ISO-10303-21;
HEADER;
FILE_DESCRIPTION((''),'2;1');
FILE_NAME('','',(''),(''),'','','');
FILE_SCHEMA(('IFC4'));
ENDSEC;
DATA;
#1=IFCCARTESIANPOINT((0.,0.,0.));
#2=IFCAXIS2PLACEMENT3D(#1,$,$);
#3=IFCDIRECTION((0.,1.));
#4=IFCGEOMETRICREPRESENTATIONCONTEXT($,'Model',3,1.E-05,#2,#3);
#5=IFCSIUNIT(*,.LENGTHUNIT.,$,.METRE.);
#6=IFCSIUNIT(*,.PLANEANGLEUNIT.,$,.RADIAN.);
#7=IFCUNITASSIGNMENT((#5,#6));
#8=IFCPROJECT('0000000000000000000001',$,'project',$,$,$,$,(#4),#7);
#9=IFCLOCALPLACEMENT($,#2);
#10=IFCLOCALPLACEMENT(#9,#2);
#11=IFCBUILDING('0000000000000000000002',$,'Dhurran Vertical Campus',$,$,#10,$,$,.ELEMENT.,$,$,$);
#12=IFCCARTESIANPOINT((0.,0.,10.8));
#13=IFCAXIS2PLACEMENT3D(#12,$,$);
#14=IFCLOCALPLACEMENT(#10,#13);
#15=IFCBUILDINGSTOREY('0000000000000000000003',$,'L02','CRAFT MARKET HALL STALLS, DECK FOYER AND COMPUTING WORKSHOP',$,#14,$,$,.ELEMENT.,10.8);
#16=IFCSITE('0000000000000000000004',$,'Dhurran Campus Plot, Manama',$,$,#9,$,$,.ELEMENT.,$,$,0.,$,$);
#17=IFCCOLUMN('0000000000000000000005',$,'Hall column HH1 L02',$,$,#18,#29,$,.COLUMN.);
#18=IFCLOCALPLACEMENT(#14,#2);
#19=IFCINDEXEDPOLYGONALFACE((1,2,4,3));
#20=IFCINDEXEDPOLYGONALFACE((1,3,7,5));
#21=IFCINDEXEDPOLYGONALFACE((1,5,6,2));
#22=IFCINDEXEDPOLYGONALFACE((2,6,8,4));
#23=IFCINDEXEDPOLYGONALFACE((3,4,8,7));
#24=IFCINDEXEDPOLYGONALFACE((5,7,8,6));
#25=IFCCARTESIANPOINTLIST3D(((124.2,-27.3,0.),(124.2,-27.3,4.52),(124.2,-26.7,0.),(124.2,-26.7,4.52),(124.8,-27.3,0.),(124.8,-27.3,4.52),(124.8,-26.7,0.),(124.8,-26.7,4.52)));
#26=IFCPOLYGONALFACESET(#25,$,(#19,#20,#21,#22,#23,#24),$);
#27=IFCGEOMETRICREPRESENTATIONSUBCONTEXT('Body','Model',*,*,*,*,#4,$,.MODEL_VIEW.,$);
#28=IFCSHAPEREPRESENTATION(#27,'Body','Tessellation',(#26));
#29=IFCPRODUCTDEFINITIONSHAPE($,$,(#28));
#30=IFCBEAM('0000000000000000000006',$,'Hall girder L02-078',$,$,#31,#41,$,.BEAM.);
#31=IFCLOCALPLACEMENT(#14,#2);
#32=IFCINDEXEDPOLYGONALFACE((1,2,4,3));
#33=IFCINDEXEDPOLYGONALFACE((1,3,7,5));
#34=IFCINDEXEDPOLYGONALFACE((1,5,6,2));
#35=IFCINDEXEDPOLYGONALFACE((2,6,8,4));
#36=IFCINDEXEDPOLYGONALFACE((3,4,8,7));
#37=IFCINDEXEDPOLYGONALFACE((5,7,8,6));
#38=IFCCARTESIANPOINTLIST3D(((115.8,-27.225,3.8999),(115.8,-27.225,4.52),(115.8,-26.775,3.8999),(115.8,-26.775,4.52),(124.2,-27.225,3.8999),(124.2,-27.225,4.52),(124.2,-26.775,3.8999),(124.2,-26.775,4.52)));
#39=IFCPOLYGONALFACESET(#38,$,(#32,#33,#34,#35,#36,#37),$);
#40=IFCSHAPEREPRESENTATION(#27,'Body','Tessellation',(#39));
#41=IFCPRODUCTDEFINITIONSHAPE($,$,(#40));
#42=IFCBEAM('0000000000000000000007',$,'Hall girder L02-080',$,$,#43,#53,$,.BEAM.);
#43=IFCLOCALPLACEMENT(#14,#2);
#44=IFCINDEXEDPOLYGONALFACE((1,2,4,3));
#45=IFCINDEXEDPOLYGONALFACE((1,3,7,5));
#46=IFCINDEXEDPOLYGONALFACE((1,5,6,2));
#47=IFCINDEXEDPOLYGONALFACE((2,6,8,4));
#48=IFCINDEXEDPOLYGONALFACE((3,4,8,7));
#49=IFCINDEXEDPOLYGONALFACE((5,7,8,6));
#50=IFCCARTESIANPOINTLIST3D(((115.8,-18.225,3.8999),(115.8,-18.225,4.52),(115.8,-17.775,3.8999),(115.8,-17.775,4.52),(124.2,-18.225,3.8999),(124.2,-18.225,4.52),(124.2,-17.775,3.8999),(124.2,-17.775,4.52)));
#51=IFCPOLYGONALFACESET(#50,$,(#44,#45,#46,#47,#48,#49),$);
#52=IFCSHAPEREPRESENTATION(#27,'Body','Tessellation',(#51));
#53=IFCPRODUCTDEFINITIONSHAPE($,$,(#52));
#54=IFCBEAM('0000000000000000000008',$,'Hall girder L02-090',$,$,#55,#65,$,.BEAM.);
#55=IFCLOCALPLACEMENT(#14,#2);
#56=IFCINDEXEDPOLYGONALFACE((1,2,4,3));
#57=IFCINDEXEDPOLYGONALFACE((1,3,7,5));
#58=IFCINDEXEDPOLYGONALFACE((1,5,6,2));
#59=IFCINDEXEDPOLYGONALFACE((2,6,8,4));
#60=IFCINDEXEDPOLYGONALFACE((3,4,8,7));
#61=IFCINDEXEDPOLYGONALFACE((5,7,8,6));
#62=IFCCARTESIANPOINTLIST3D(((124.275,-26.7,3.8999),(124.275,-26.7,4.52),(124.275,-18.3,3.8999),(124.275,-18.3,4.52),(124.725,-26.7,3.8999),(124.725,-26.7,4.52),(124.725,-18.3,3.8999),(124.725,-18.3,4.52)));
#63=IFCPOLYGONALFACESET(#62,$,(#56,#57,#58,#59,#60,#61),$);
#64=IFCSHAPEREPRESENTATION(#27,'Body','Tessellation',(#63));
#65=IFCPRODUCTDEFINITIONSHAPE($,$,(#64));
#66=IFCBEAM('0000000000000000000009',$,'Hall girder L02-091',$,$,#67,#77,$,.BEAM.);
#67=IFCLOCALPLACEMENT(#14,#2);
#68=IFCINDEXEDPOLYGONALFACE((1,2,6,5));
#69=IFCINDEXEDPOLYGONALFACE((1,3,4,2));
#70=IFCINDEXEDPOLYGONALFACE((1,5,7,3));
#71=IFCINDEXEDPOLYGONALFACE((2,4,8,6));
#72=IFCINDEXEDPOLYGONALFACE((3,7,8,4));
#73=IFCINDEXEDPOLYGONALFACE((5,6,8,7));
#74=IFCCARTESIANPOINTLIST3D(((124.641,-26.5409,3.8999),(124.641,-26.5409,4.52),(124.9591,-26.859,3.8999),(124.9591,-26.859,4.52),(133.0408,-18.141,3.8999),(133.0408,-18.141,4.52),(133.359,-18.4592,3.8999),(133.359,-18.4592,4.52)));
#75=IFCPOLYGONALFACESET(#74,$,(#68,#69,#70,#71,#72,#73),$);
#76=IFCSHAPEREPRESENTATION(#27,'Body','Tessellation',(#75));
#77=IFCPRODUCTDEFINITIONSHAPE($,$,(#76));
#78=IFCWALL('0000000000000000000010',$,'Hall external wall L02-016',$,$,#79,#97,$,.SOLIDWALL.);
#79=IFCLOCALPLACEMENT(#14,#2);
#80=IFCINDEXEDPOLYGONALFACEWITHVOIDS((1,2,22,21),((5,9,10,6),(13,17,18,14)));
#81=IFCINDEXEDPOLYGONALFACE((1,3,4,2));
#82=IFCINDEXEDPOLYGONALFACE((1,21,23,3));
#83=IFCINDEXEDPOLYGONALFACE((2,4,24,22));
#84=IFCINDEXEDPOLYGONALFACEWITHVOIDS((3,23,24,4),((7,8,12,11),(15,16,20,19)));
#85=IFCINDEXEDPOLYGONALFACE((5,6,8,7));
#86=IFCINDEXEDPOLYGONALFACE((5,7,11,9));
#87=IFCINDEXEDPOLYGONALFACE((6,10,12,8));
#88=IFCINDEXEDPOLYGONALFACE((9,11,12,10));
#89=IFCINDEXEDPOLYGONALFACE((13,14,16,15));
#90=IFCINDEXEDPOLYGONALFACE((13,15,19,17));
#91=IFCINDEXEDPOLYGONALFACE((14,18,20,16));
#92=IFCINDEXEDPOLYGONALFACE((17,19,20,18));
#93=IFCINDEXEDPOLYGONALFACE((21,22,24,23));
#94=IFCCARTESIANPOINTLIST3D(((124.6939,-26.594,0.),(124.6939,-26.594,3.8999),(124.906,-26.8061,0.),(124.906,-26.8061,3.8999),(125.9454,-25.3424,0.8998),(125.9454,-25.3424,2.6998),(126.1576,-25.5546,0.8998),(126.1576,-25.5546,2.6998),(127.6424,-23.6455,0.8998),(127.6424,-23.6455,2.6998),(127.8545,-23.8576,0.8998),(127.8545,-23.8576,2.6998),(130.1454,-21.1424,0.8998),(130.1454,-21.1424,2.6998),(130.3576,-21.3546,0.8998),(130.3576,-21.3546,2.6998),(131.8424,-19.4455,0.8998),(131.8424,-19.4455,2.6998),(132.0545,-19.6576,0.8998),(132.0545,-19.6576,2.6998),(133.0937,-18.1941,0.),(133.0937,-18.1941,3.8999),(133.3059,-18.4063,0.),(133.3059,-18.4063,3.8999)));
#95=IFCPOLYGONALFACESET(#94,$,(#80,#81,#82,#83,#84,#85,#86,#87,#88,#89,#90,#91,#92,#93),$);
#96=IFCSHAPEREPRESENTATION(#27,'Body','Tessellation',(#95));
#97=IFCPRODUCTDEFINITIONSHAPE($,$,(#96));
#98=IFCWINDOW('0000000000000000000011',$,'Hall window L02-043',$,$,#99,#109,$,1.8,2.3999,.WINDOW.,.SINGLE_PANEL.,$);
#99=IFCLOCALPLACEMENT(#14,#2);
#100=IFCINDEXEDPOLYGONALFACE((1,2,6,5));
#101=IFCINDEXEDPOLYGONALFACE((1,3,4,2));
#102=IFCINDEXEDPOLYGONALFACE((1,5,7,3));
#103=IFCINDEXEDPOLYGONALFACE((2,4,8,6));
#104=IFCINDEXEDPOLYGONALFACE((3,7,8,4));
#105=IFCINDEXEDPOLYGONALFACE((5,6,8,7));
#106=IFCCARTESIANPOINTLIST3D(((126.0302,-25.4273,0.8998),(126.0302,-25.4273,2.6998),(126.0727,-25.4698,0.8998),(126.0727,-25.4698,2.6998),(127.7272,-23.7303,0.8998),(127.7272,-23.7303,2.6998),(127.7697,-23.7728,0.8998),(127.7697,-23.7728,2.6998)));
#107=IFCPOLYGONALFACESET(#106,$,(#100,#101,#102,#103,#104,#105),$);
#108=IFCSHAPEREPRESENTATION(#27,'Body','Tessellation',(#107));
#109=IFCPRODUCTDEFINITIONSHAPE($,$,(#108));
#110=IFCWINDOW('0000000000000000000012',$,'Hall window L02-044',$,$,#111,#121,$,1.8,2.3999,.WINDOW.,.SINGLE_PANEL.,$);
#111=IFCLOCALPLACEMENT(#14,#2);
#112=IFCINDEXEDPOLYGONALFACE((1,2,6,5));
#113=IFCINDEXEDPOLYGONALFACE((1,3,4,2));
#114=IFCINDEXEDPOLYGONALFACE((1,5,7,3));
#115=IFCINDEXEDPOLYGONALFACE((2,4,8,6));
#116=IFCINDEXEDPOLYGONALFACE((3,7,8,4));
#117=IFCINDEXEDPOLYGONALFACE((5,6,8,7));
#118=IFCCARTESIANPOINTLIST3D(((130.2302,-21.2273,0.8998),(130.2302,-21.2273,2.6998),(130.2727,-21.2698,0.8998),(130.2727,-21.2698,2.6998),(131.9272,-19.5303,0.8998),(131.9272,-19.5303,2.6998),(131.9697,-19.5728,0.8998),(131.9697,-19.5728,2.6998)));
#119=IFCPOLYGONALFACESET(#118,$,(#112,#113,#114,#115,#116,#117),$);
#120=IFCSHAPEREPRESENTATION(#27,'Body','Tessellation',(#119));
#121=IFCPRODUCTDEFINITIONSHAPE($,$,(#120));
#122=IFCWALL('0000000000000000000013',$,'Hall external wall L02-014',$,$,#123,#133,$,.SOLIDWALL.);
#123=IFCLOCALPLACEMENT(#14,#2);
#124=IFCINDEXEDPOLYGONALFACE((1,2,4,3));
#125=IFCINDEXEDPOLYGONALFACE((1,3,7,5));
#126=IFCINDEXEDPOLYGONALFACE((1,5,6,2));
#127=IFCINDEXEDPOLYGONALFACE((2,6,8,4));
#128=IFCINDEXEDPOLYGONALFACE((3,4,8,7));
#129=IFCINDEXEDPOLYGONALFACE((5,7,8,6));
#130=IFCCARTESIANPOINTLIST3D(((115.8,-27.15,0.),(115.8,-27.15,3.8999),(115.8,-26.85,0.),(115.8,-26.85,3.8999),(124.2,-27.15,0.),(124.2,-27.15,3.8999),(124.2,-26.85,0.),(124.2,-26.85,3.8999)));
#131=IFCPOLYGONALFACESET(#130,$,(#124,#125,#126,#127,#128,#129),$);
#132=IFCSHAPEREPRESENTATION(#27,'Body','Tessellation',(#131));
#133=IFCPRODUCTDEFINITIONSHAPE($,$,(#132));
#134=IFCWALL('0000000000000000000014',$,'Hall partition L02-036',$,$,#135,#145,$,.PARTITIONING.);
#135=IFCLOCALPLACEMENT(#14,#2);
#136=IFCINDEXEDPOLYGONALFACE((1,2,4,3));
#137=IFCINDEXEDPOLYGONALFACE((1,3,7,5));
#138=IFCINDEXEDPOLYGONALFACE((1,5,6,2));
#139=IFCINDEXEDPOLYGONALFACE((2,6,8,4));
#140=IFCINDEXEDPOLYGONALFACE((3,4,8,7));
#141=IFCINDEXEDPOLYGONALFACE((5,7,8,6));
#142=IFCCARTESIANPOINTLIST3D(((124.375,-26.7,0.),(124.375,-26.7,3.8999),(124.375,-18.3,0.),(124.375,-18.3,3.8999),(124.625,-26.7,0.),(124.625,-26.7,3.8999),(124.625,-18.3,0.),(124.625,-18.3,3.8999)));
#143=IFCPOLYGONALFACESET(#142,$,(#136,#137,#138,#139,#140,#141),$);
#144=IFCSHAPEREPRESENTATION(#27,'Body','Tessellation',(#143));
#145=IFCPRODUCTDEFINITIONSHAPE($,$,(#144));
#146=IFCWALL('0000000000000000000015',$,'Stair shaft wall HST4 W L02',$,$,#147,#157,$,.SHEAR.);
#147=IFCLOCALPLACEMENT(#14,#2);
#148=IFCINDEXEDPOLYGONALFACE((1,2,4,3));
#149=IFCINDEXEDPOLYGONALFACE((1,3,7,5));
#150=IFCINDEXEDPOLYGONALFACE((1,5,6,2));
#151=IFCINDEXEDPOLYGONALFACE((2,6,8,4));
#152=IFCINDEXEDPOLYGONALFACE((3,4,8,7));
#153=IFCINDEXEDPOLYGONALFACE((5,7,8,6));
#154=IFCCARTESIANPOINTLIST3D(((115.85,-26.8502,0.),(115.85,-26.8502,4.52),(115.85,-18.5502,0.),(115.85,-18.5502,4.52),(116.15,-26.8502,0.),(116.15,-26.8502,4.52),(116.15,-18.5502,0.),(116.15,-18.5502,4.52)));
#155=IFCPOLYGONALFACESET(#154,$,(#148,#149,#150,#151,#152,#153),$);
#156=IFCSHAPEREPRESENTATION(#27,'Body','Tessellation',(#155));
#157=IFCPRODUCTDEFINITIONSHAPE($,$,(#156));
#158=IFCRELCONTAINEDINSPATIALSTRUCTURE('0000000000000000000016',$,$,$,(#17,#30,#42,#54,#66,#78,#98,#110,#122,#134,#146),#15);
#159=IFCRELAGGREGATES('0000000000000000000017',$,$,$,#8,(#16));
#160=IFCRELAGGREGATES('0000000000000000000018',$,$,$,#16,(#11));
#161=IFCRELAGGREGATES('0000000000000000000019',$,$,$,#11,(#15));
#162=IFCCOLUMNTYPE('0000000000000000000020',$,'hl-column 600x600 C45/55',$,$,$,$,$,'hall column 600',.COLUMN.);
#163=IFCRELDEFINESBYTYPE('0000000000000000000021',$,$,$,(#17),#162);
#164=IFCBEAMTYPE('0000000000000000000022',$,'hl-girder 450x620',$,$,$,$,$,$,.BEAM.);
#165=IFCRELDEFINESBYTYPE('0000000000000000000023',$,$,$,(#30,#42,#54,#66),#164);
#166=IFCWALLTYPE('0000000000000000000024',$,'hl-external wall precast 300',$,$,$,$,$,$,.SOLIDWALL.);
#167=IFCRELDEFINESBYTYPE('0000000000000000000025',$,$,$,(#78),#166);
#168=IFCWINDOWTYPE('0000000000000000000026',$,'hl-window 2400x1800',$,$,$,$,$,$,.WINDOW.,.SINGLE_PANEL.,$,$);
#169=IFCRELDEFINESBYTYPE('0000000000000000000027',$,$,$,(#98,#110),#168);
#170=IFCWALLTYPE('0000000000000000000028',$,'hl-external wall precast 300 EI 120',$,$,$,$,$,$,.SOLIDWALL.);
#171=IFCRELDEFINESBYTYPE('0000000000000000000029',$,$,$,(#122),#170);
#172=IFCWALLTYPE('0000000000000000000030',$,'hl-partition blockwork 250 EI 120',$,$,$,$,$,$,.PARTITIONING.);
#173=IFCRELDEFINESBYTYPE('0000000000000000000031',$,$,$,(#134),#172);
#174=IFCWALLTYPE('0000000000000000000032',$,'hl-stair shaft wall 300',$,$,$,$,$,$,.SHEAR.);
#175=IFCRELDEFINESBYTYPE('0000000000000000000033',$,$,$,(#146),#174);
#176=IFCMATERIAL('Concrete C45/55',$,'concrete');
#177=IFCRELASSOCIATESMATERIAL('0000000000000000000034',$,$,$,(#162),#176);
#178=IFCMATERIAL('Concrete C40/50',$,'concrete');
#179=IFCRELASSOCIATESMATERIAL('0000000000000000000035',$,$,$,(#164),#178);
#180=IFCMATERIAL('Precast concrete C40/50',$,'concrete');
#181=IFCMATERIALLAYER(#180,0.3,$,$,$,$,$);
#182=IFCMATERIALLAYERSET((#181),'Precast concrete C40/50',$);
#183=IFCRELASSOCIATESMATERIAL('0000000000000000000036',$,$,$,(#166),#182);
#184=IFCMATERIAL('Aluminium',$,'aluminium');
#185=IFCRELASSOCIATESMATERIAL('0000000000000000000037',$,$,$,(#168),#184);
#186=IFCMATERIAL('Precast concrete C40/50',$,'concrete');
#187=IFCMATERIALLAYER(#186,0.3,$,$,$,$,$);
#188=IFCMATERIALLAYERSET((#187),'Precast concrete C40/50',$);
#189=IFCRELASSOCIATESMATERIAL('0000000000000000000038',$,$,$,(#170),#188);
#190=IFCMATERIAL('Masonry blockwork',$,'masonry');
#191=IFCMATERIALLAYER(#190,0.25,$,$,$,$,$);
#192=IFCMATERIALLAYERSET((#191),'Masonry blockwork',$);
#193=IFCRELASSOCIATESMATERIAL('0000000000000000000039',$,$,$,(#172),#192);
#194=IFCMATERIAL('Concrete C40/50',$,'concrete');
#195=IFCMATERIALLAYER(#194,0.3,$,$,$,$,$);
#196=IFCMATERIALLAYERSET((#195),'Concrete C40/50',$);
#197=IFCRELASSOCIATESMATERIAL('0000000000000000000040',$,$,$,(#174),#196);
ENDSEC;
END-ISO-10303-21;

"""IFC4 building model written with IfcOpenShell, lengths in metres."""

from ifc_helpers import new_model, si_unit, direction, frame, frame_2d, origin, origin_2d, place, context, subcontext, project, spatial, rectangle, extrude, material, layer, layer_set, material_profile, profile_set, type_object, element, fill, save


model = new_model("IFC4")

# Units and contexts
model_context = context("Model", 3, precision=1e-05, world=origin(), true_north=direction((0.0, 1.0)))
body_context = subcontext(model_context, "Body", "Model", "MODEL_VIEW")
ifc_project = project(units=[si_unit("LENGTHUNIT", "METRE"), si_unit("PLANEANGLEUNIT", "RADIAN")], contexts=[model_context])

# Site, building, storey
site_placement = place(None, origin())
site = spatial("IfcSite", under=ifc_project, at=site_placement, Name="Dhurran Campus Plot, Manama", CompositionType="ELEMENT", RefElevation=0.0)
building_placement = place(site_placement, origin())
building = spatial("IfcBuilding", under=site, at=building_placement, Name="Dhurran Vertical Campus", CompositionType="ELEMENT")
storey_placement = place(building_placement, frame((0.0, 0.0, 10.8)))
storey = spatial("IfcBuildingStorey", under=building, at=storey_placement, Name="L02", Description="CRAFT MARKET HALL STALLS, DECK FOYER AND COMPUTING WORKSHOP", CompositionType="ELEMENT", Elevation=10.8)

# Column
ifc_material_1 = material(Name="Concrete C45/55", Category="concrete")
ifc_material_profile_1 = material_profile(ifc_material_1, rectangle(XDim=0.6001, YDim=0.6001, at=origin_2d()), Name="hl-column 600x600 C45/55")
ifc_profile_set_1 = profile_set([ifc_material_profile_1], Name="Concrete C45/55")
column_type = type_object("IfcColumnType", Name="hl-column 600x600 C45/55", ElementType="hall column 600", PredefinedType="COLUMN", material=ifc_profile_set_1)
column_placement = place(storey_placement, frame((124.5, -27.0, 0.0), z_axis=(0.0, 0.0, 1.0), x_axis=(1.0, 0.0, 0.0)))
element("IfcColumn", 1, at=column_placement, inside=storey, type_object=column_type, Name="Hall column HH1 L02", PredefinedType="COLUMN", context=body_context, shape_type="SweptSolid", body=[
    extrude(rectangle(XDim=0.6001, YDim=0.6001, at=origin_2d()), origin(), (0.0, 0.0, 1.0), 4.52),
])

# Beams
ifc_material_2 = material(Name="Concrete C40/50", Category="concrete")
ifc_material_profile_2 = material_profile(ifc_material_2, rectangle(XDim=0.45, YDim=0.6201, at=origin_2d()), Name="hl-girder 450x620")
ifc_profile_set_2 = profile_set([ifc_material_profile_2], Name="Concrete C40/50")
beam_type = type_object("IfcBeamType", Name="hl-girder 450x620", PredefinedType="BEAM", material=ifc_profile_set_2)
for number, where, z_axis, x_axis, name in (
    (2, (115.8, -27.0, 4.21), (1.0, 0.0, 0.0), (0.0, 1.0, 0.0), "Hall girder L02-078"),
    (3, (115.8, -18.0, 4.21), (1.0, 0.0, 0.0), (0.0, 1.0, 0.0), "Hall girder L02-080"),
    (4, (124.5, -26.7, 4.21), (0.0, 1.0, 0.0), (-1.0, 0.0, 0.0), "Hall girder L02-090"),
):
    element("IfcBeam", number, at=place(storey_placement, frame(where, z_axis=z_axis, x_axis=x_axis)), inside=storey, type_object=beam_type, Name=name, PredefinedType="BEAM", context=body_context, shape_type="SweptSolid", body=[
        extrude(rectangle(XDim=0.45, YDim=0.6201, at=origin_2d()), origin(), (0.0, 0.0, 1.0), 8.3999),
    ])
beam_placement = place(storey_placement, frame((124.8, -26.7, 4.21), z_axis=(0.707107, 0.707107, 0.0), x_axis=(-0.707107, 0.707107, 0.0)))
element("IfcBeam", 5, at=beam_placement, inside=storey, type_object=beam_type, Name="Hall girder L02-091", PredefinedType="BEAM", context=body_context, shape_type="SweptSolid", body=[
    extrude(rectangle(XDim=0.45, YDim=0.6201, at=origin_2d()), origin(), (0.0, 0.0, 1.0), 11.8792),
])

# Wall, openings, windows
ifc_material_3 = material(Name="Precast concrete C40/50", Category="concrete")
ifc_layer_1 = layer(ifc_material_3, 0.3)
ifc_layer_set_1 = layer_set([ifc_layer_1], Name="Precast concrete C40/50")
wall_type_1 = type_object("IfcWallType", Name="hl-external wall precast 300", PredefinedType="SOLIDWALL", material=ifc_layer_set_1)
wall_1_placement = place(storey_placement, frame((124.8, -26.7, 0.0), z_axis=(0.0, 0.0, 1.0), x_axis=(0.707107, 0.707107, 0.0)))
wall_1 = element("IfcWall", 6, at=wall_1_placement, inside=storey, type_object=wall_type_1, Name="Hall external wall L02-016", PredefinedType="SOLIDWALL", context=body_context, shape_type="SweptSolid", body=[
    extrude(rectangle(XDim=11.8792, YDim=0.3, at=frame_2d((5.9395, 0.0))), origin(), (0.0, 0.0, 1.0), 3.8999),
])
opening_1_placement = place(wall_1_placement, frame((1.7698, 0.0, 0.8999)))
opening_1 = element("IfcOpeningElement", 7, at=opening_1_placement, cuts=wall_1, PredefinedType="OPENING", context=body_context, shape_type="SweptSolid", body=[
    extrude(rectangle(XDim=2.3999, YDim=1.8, at=frame_2d((1.2, 0.8999))), frame((0.0, 0.1599, 0.0), z_axis=(0.0, -1.0, 0.0), x_axis=(1.0, 0.0, 0.0)), (0.0, 0.0, 1.0), 0.3201),
])
opening_2_placement = place(wall_1_placement, frame((7.7095, 0.0, 0.8999)))
opening_2 = element("IfcOpeningElement", 8, at=opening_2_placement, cuts=wall_1, PredefinedType="OPENING", context=body_context, shape_type="SweptSolid", body=[
    extrude(rectangle(XDim=2.3999, YDim=1.8, at=frame_2d((1.2, 0.8999))), frame((0.0, 0.1599, 0.0), z_axis=(0.0, -1.0, 0.0), x_axis=(1.0, 0.0, 0.0)), (0.0, 0.0, 1.0), 0.3201),
])
ifc_material_4 = material(Name="Aluminium", Category="aluminium")
window_type = type_object("IfcWindowType", Name="hl-window 2400x1800", PartitioningType="SINGLE_PANEL", PredefinedType="WINDOW", material=ifc_material_4)
window_1_placement = place(opening_1_placement, origin())
window_1 = element("IfcWindow", 9, at=window_1_placement, inside=storey, type_object=window_type, Name="Hall window L02-043", OverallHeight=1.8, OverallWidth=2.3999, PartitioningType="SINGLE_PANEL", PredefinedType="WINDOW", context=body_context, shape_type="SweptSolid", body=[
    extrude(rectangle(XDim=2.3999, YDim=1.8, at=frame_2d((1.2, 0.8999))), frame((0.0, 0.03, 0.0), z_axis=(0.0, -1.0, 0.0), x_axis=(1.0, 0.0, 0.0)), (0.0, 0.0, 1.0), 0.0601),
])
fill(opening_1, window_1)
window_2_placement = place(opening_2_placement, origin())
window_2 = element("IfcWindow", 10, at=window_2_placement, inside=storey, type_object=window_type, Name="Hall window L02-044", OverallHeight=1.8, OverallWidth=2.3999, PartitioningType="SINGLE_PANEL", PredefinedType="WINDOW", context=body_context, shape_type="SweptSolid", body=[
    extrude(rectangle(XDim=2.3999, YDim=1.8, at=frame_2d((1.2, 0.8999))), frame((0.0, 0.03, 0.0), z_axis=(0.0, -1.0, 0.0), x_axis=(1.0, 0.0, 0.0)), (0.0, 0.0, 1.0), 0.0601),
])
fill(opening_2, window_2)

# Walls
ifc_material_5 = material(Name="Precast concrete C40/50", Category="concrete")
ifc_layer_2 = layer(ifc_material_5, 0.3)
ifc_layer_set_2 = layer_set([ifc_layer_2], Name="Precast concrete C40/50")
wall_type_2 = type_object("IfcWallType", Name="hl-external wall precast 300 EI 120", PredefinedType="SOLIDWALL", material=ifc_layer_set_2)
wall_2_placement = place(storey_placement, frame((115.8, -27.0, 0.0), z_axis=(0.0, 0.0, 1.0), x_axis=(1.0, 0.0, 0.0)))
element("IfcWall", 11, at=wall_2_placement, inside=storey, type_object=wall_type_2, Name="Hall external wall L02-014", PredefinedType="SOLIDWALL", context=body_context, shape_type="SweptSolid", body=[
    extrude(rectangle(XDim=8.3999, YDim=0.3, at=frame_2d((4.2, 0.0))), origin(), (0.0, 0.0, 1.0), 3.8999),
])
ifc_material_6 = material(Name="Masonry blockwork", Category="masonry")
ifc_layer_3 = layer(ifc_material_6, 0.25)
ifc_layer_set_3 = layer_set([ifc_layer_3], Name="Masonry blockwork")
wall_type_3 = type_object("IfcWallType", Name="hl-partition blockwork 250 EI 120", PredefinedType="PARTITIONING", material=ifc_layer_set_3)
wall_3_placement = place(storey_placement, frame((124.5, -26.7, 0.0), z_axis=(0.0, 0.0, 1.0), x_axis=(0.0, 1.0, 0.0)))
element("IfcWall", 12, at=wall_3_placement, inside=storey, type_object=wall_type_3, Name="Hall partition L02-036", PredefinedType="PARTITIONING", context=body_context, shape_type="SweptSolid", body=[
    extrude(rectangle(XDim=8.3999, YDim=0.25, at=frame_2d((4.2, 0.0))), origin(), (0.0, 0.0, 1.0), 3.8999),
])
ifc_material_7 = material(Name="Concrete C40/50", Category="concrete")
ifc_layer_4 = layer(ifc_material_7, 0.3)
ifc_layer_set_4 = layer_set([ifc_layer_4], Name="Concrete C40/50")
wall_type_4 = type_object("IfcWallType", Name="hl-stair shaft wall 300", PredefinedType="SHEAR", material=ifc_layer_set_4)
wall_4_placement = place(storey_placement, frame((116.0, -26.8501, 0.0), z_axis=(0.0, 0.0, 1.0), x_axis=(0.0, 1.0, 0.0)))
element("IfcWall", 13, at=wall_4_placement, inside=storey, type_object=wall_type_4, Name="Stair shaft wall HST4 W L02", PredefinedType="SHEAR", context=body_context, shape_type="SweptSolid", body=[
    extrude(rectangle(XDim=8.3, YDim=0.3, at=frame_2d((4.1499, 0.0))), origin(), (0.0, 0.0, 1.0), 4.52),
])

save(model, "model.ifc")
